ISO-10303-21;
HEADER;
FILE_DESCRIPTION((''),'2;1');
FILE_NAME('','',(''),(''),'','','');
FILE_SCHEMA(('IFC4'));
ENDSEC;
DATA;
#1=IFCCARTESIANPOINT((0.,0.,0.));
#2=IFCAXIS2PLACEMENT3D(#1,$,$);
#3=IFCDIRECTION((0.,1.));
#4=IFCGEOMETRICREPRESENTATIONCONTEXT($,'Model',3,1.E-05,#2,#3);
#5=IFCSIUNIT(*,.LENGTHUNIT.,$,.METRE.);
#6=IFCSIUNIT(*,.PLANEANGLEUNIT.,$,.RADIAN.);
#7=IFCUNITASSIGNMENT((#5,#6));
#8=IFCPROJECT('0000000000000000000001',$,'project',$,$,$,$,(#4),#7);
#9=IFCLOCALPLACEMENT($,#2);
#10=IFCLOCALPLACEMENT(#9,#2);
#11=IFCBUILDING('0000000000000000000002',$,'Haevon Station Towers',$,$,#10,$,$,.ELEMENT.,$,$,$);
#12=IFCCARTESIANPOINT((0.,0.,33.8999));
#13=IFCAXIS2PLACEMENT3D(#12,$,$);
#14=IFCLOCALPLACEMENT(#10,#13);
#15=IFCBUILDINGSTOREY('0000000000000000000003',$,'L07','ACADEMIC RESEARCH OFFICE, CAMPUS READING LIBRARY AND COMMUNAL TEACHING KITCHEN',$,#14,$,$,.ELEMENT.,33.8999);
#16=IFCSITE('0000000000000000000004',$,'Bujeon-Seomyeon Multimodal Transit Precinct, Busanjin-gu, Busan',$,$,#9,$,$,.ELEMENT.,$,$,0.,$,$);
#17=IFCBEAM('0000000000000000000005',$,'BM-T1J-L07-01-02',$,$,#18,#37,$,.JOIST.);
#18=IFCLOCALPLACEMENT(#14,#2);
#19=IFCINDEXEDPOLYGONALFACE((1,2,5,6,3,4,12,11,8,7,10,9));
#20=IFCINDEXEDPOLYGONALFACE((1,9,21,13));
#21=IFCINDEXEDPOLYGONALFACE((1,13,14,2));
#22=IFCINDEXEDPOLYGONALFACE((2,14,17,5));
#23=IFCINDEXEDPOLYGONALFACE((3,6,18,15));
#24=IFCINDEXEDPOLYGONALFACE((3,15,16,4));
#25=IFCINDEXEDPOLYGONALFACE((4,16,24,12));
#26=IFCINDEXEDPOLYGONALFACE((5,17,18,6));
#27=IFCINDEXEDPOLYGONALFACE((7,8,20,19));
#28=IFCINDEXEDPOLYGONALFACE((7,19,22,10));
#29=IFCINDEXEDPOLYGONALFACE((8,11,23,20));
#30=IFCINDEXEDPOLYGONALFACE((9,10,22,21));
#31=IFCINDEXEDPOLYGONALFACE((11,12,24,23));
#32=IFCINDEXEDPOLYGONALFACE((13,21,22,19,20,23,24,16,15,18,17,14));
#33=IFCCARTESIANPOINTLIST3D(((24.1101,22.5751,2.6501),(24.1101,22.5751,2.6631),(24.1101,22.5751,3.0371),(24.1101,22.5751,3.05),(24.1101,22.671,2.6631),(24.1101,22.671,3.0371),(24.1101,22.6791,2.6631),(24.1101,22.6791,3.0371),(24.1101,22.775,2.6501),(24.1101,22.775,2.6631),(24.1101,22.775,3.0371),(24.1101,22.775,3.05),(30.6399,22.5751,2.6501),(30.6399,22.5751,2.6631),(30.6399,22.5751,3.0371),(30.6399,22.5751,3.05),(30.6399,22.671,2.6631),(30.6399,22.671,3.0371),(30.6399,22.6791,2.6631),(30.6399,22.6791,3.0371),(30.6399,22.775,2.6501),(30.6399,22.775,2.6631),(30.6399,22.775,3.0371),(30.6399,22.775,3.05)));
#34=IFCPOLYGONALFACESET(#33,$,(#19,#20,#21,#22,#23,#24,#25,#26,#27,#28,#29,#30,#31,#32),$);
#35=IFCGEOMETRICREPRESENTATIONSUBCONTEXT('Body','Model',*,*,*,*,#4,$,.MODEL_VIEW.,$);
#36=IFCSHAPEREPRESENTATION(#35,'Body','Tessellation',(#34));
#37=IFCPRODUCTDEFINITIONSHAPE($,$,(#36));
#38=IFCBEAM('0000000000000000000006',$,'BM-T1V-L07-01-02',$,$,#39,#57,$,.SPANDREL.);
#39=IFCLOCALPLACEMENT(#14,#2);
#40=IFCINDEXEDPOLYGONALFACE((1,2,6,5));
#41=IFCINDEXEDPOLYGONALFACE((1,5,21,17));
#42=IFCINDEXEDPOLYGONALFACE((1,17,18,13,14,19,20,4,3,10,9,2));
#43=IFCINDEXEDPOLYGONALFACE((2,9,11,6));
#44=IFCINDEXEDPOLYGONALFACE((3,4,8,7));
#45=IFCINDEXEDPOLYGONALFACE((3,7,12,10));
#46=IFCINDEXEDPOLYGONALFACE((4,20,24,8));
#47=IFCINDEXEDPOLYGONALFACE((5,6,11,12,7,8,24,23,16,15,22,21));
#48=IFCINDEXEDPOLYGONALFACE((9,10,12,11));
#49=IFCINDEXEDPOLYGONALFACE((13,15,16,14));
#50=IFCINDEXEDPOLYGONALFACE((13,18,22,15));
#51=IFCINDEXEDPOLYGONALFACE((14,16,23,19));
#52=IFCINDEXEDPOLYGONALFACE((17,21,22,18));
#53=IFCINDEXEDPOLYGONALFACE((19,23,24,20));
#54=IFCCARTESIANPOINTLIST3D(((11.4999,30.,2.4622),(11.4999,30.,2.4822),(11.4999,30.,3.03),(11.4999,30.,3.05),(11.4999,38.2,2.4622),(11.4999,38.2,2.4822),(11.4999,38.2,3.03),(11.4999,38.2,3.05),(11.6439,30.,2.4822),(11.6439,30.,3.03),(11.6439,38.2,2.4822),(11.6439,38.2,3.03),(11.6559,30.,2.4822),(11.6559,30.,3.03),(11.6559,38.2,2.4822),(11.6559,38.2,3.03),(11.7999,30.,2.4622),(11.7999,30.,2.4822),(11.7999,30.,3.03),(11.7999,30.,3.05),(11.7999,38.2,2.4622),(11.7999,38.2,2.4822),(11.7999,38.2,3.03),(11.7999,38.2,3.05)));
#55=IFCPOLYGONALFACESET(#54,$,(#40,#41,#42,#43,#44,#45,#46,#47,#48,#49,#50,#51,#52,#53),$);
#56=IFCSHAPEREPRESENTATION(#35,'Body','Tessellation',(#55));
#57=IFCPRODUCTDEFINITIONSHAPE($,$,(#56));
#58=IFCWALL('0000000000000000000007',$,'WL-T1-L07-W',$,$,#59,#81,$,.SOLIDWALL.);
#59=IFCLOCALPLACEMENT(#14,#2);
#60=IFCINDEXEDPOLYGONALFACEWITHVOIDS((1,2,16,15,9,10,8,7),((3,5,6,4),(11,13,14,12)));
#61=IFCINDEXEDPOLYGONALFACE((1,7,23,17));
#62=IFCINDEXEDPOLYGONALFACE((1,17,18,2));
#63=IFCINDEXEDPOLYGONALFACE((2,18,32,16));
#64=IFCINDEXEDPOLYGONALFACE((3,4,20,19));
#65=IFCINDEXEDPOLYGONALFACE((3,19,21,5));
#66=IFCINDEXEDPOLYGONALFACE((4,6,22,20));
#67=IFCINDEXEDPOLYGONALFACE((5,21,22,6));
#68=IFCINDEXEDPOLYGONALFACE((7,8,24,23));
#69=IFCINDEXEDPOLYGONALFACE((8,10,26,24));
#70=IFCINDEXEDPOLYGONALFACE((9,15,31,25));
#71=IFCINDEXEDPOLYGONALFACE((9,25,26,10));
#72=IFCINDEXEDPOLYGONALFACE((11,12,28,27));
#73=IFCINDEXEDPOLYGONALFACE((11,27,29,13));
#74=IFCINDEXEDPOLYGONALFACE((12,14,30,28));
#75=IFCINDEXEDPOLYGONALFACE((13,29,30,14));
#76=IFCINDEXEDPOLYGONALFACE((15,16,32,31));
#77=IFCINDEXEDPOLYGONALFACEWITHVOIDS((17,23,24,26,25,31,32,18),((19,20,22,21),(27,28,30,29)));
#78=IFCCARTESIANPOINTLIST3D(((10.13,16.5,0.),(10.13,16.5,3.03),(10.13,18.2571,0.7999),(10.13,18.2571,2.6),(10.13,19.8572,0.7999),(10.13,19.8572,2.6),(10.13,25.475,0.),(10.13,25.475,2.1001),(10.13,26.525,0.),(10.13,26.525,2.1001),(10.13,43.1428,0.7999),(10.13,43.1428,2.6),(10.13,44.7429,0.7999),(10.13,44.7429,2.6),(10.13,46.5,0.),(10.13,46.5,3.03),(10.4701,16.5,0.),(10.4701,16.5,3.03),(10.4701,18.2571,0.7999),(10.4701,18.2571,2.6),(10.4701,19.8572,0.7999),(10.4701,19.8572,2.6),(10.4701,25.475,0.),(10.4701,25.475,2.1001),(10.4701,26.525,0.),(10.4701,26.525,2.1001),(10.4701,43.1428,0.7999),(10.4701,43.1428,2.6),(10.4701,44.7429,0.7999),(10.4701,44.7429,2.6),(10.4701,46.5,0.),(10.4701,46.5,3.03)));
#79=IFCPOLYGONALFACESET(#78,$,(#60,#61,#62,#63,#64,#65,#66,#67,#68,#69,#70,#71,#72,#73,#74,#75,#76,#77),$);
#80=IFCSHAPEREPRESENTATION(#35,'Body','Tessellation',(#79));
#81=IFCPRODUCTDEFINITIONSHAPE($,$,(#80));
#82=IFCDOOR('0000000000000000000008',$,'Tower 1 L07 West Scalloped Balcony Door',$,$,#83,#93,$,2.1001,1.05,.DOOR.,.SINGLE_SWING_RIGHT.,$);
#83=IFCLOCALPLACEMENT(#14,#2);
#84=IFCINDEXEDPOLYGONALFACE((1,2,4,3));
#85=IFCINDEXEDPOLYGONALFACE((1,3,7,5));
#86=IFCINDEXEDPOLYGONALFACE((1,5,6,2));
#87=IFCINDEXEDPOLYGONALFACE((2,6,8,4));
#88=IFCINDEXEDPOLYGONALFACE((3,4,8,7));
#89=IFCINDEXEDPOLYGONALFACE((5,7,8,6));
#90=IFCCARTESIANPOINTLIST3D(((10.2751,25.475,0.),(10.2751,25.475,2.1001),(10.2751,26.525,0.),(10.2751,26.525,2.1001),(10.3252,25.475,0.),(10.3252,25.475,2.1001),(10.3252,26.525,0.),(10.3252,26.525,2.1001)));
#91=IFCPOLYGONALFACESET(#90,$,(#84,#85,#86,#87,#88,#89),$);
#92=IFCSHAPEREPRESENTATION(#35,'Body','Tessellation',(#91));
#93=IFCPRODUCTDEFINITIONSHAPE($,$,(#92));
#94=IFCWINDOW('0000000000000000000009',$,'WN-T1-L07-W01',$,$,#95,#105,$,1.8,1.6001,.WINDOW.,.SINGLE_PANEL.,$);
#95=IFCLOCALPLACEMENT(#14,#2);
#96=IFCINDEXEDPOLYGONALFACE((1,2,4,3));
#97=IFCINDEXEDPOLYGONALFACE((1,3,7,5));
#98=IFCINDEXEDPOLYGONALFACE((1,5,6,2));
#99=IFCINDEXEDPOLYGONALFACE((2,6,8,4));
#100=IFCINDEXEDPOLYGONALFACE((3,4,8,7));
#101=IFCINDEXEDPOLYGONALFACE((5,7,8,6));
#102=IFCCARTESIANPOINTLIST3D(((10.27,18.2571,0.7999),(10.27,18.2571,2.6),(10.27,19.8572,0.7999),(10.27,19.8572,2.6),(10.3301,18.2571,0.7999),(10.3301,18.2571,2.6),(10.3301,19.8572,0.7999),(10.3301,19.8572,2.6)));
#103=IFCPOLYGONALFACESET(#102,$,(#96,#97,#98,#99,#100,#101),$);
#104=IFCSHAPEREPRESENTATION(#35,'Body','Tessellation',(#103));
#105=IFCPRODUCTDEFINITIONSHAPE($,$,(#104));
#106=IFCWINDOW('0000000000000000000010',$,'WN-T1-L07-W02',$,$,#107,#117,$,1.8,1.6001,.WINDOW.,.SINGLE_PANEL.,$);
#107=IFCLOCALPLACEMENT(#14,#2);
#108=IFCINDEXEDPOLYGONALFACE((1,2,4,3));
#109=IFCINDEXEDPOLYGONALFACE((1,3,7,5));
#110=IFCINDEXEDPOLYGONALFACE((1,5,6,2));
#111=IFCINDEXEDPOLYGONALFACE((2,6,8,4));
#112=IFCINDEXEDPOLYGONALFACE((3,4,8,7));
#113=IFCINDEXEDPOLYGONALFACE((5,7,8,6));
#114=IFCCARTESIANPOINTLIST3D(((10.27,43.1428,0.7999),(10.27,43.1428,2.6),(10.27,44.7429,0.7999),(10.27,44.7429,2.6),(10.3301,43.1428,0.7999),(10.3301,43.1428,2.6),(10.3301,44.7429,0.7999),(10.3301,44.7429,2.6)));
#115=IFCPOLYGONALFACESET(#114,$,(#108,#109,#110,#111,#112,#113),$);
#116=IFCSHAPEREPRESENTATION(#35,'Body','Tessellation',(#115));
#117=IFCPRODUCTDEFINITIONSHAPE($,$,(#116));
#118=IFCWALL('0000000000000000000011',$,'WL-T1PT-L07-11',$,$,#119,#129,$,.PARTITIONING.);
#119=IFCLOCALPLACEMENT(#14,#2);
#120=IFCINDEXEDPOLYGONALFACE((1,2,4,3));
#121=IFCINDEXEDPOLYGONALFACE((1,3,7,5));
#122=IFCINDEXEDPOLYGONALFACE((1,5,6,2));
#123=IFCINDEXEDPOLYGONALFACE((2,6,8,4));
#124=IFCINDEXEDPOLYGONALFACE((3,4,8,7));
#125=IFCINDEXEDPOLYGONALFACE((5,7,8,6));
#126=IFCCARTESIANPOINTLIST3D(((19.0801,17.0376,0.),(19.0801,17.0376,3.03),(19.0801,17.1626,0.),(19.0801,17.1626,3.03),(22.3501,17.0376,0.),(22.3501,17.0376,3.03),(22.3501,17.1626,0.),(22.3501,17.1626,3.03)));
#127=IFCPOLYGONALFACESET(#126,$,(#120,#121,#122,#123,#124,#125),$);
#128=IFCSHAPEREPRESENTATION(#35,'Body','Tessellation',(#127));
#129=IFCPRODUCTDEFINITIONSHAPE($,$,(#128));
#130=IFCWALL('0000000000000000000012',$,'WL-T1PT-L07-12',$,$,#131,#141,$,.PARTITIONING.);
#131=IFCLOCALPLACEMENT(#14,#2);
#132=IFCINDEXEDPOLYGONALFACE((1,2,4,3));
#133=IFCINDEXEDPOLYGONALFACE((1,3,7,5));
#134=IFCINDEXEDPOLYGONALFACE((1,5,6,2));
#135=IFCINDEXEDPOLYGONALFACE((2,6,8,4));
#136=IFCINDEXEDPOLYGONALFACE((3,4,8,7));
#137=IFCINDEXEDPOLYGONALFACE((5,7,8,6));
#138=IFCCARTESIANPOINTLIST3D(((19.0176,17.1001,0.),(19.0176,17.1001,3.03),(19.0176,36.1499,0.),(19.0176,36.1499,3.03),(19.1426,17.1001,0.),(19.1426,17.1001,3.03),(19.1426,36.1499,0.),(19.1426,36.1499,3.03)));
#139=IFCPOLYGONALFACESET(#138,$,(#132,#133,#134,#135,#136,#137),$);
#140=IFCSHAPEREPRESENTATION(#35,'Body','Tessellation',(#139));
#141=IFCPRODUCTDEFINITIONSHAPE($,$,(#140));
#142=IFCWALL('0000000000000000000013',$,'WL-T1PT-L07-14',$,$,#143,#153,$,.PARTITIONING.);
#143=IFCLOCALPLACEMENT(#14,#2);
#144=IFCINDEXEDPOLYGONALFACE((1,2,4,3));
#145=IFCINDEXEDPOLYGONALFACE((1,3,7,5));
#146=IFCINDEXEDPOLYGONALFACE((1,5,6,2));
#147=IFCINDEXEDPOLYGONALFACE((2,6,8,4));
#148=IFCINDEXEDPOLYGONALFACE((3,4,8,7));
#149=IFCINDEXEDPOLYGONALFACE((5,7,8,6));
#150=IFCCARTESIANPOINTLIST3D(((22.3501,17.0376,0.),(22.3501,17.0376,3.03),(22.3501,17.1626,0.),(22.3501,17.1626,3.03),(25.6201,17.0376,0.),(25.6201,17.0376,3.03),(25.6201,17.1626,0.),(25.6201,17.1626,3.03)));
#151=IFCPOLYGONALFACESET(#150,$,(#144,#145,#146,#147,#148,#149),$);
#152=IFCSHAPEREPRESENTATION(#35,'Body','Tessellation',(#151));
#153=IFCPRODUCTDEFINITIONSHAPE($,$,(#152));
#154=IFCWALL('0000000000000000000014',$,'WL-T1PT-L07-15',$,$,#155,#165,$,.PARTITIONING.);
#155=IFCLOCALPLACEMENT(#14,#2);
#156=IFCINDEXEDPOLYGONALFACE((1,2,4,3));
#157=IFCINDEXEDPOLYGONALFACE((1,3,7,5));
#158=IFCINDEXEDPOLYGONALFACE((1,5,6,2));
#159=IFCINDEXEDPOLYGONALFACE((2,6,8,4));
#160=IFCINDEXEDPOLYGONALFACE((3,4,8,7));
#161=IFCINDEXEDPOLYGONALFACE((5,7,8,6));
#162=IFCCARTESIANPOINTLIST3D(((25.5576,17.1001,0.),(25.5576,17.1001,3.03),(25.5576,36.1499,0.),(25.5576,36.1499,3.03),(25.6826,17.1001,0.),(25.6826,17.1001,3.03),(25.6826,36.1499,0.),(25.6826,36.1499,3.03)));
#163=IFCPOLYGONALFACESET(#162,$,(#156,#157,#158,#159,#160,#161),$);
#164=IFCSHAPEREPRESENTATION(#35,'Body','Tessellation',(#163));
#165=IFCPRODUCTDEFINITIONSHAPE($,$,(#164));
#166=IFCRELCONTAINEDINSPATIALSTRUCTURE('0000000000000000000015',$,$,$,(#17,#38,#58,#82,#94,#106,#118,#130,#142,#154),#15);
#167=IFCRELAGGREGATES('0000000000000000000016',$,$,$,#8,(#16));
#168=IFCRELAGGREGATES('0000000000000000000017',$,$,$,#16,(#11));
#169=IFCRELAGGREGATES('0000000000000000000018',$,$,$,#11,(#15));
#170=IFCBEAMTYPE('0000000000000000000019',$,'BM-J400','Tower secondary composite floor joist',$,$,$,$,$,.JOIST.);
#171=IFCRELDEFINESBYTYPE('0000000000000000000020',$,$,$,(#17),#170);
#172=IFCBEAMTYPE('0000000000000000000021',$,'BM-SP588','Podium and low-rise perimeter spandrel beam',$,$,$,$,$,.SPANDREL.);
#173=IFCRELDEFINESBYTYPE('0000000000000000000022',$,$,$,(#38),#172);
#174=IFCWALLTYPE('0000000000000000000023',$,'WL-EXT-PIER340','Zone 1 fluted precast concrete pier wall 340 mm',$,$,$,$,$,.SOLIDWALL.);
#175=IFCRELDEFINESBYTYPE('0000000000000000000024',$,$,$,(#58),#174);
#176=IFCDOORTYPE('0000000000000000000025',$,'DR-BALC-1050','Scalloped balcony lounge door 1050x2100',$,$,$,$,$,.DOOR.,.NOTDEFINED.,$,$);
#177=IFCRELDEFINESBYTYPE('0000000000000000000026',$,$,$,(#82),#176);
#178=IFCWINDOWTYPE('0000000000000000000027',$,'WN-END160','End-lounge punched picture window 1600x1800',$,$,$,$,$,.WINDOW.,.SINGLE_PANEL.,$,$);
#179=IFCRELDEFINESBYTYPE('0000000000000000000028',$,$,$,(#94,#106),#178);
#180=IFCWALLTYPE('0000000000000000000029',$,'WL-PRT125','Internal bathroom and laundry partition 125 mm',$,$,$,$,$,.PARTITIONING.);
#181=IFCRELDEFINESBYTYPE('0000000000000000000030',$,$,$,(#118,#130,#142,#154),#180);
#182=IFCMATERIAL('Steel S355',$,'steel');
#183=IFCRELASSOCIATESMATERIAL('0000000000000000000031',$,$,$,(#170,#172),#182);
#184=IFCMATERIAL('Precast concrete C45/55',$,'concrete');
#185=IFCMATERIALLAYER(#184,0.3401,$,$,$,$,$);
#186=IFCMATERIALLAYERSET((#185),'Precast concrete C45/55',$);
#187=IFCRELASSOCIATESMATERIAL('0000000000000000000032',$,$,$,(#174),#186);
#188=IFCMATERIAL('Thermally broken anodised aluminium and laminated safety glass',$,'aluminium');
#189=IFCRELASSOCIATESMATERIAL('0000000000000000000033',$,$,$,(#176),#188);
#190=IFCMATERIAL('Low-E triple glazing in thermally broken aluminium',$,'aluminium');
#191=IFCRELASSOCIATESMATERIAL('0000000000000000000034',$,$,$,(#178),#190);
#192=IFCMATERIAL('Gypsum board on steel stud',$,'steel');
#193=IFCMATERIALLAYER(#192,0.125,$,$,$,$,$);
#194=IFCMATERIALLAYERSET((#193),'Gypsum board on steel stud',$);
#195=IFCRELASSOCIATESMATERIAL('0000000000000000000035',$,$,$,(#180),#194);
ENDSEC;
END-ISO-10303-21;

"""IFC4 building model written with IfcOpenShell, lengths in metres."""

from ifc_helpers import new_model, si_unit, direction, frame, frame_2d, origin, origin_2d, place, context, subcontext, project, spatial, rectangle, i_section, extrude, material, layer, layer_set, material_profile, profile_set, type_object, element, fill, save


model = new_model("IFC4")

# Units and contexts
model_context = context("Model", 3, precision=1e-05, world=origin(), true_north=direction((0.0, 1.0)))
body_context = subcontext(model_context, "Body", "Model", "MODEL_VIEW")
ifc_project = project(units=[si_unit("LENGTHUNIT", "METRE"), si_unit("PLANEANGLEUNIT", "RADIAN")], contexts=[model_context])

# Site, building, storey
site_placement = place(None, origin())
site = spatial("IfcSite", under=ifc_project, at=site_placement, Name="Bujeon-Seomyeon Multimodal Transit Precinct, Busanjin-gu, Busan", CompositionType="ELEMENT", RefElevation=0.0)
building_placement = place(site_placement, origin())
building = spatial("IfcBuilding", under=site, at=building_placement, Name="Haevon Station Towers", CompositionType="ELEMENT")
storey_placement = place(building_placement, frame((0.0, 0.0, 33.8999)))
storey = spatial("IfcBuildingStorey", under=building, at=storey_placement, Name="L07", Description="ACADEMIC RESEARCH OFFICE, CAMPUS READING LIBRARY AND COMMUNAL TEACHING KITCHEN", CompositionType="ELEMENT", Elevation=33.8999)

# Beams
ifc_material_1 = material(Name="Steel S355", Category="steel")
ifc_material_profile_1 = material_profile(ifc_material_1, i_section(OverallWidth=0.2, OverallDepth=0.3999, WebThickness=0.0081, FlangeThickness=0.0129, at=origin_2d()), Name="H-400x200x8x13")
ifc_profile_set_1 = profile_set([ifc_material_profile_1], Name="Steel S355")
beam_type_1 = type_object("IfcBeamType", Name="BM-J400", Description="Tower secondary composite floor joist", PredefinedType="JOIST", material=ifc_profile_set_1)
beam_1_placement = place(storey_placement, frame((24.1101, 22.675, 2.8501), z_axis=(1.0, 0.0, 0.0), x_axis=(0.0, 1.0, 0.0)))
element("IfcBeam", 1, at=beam_1_placement, inside=storey, type_object=beam_type_1, Name="BM-T1J-L07-01-02", PredefinedType="JOIST", context=body_context, shape_type="SweptSolid", body=[
    extrude(i_section(OverallWidth=0.2, OverallDepth=0.3999, WebThickness=0.0081, FlangeThickness=0.0129, at=origin_2d()), origin(), (0.0, 0.0, 1.0), 6.5298),
])
ifc_material_profile_2 = material_profile(ifc_material_1, i_section(OverallWidth=0.3, OverallDepth=0.5879, WebThickness=0.012, FlangeThickness=0.02, at=origin_2d()), Name="H-588x300x12x20")
ifc_profile_set_2 = profile_set([ifc_material_profile_2], Name="Steel S355")
beam_type_2 = type_object("IfcBeamType", Name="BM-SP588", Description="Podium and low-rise perimeter spandrel beam", PredefinedType="SPANDREL", material=ifc_profile_set_2)
beam_2_placement = place(storey_placement, frame((11.6499, 30.0, 2.7561), z_axis=(0.0, 1.0, 0.0), x_axis=(-1.0, 0.0, 0.0)))
element("IfcBeam", 2, at=beam_2_placement, inside=storey, type_object=beam_type_2, Name="BM-T1V-L07-01-02", PredefinedType="SPANDREL", context=body_context, shape_type="SweptSolid", body=[
    extrude(i_section(OverallWidth=0.3, OverallDepth=0.5879, WebThickness=0.012, FlangeThickness=0.02, at=origin_2d()), origin(), (0.0, 0.0, 1.0), 8.2),
])

# Wall, openings, door, windows
ifc_material_2 = material(Name="Precast concrete C45/55", Category="concrete")
ifc_layer_1 = layer(ifc_material_2, 0.3401)
ifc_layer_set_1 = layer_set([ifc_layer_1], Name="Precast concrete C45/55")
wall_type_1 = type_object("IfcWallType", Name="WL-EXT-PIER340", Description="Zone 1 fluted precast concrete pier wall 340 mm", PredefinedType="SOLIDWALL", material=ifc_layer_set_1)
wall_1_placement = place(storey_placement, frame((10.3, 16.5, 0.0), z_axis=(0.0, 0.0, 1.0), x_axis=(0.0, 1.0, 0.0)))
wall_1 = element("IfcWall", 3, at=wall_1_placement, inside=storey, type_object=wall_type_1, Name="WL-T1-L07-W", PredefinedType="SOLIDWALL", context=body_context, shape_type="SweptSolid", body=[
    extrude(rectangle(XDim=30.0, YDim=0.3401, at=frame_2d((15.0, 0.0))), origin(), (0.0, 0.0, 1.0), 3.03),
])
opening_1_placement = place(wall_1_placement, frame((8.9751, 0.0, 0.0)))
opening_1 = element("IfcOpeningElement", 4, at=opening_1_placement, cuts=wall_1, PredefinedType="OPENING", context=body_context, shape_type="SweptSolid", body=[
    extrude(rectangle(XDim=1.05, YDim=2.1001, at=frame_2d((0.5249, 1.05))), frame((0.0, 0.1799, 0.0), z_axis=(0.0, -1.0, 0.0), x_axis=(1.0, 0.0, 0.0)), (0.0, 0.0, 1.0), 0.3601),
])
opening_2_placement = place(wall_1_placement, frame((1.7571, 0.0, 0.8)))
opening_2 = element("IfcOpeningElement", 5, at=opening_2_placement, cuts=wall_1, PredefinedType="OPENING", context=body_context, shape_type="SweptSolid", body=[
    extrude(rectangle(XDim=1.6001, YDim=1.8, at=frame_2d((0.8, 0.8999))), frame((0.0, 0.1799, 0.0), z_axis=(0.0, -1.0, 0.0), x_axis=(1.0, 0.0, 0.0)), (0.0, 0.0, 1.0), 0.3601),
])
opening_3_placement = place(wall_1_placement, frame((26.6428, 0.0, 0.8)))
opening_3 = element("IfcOpeningElement", 6, at=opening_3_placement, cuts=wall_1, PredefinedType="OPENING", context=body_context, shape_type="SweptSolid", body=[
    extrude(rectangle(XDim=1.6001, YDim=1.8, at=frame_2d((0.8, 0.8999))), frame((0.0, 0.1799, 0.0), z_axis=(0.0, -1.0, 0.0), x_axis=(1.0, 0.0, 0.0)), (0.0, 0.0, 1.0), 0.3601),
])
ifc_material_3 = material(Name="Thermally broken anodised aluminium and laminated safety glass", Category="aluminium")
door_type = type_object("IfcDoorType", Name="DR-BALC-1050", Description="Scalloped balcony lounge door 1050x2100", OperationType="NOTDEFINED", PredefinedType="DOOR", material=ifc_material_3)
door_placement = place(opening_1_placement, origin())
door = element("IfcDoor", 7, at=door_placement, inside=storey, type_object=door_type, Name="Tower 1 L07 West Scalloped Balcony Door", OperationType="SINGLE_SWING_RIGHT", OverallHeight=2.1001, OverallWidth=1.05, PredefinedType="DOOR", context=body_context, shape_type="SweptSolid", body=[
    extrude(rectangle(XDim=1.05, YDim=2.1001, at=frame_2d((0.5249, 1.05))), frame((0.0, 0.0249, 0.0), z_axis=(0.0, -1.0, 0.0), x_axis=(1.0, 0.0, 0.0)), (0.0, 0.0, 1.0), 0.05),
])
fill(opening_1, door)
ifc_material_4 = material(Name="Low-E triple glazing in thermally broken aluminium", Category="aluminium")
window_type = type_object("IfcWindowType", Name="WN-END160", Description="End-lounge punched picture window 1600x1800", PartitioningType="SINGLE_PANEL", PredefinedType="WINDOW", material=ifc_material_4)
window_1_placement = place(opening_2_placement, origin())
window_1 = element("IfcWindow", 8, at=window_1_placement, inside=storey, type_object=window_type, Name="WN-T1-L07-W01", OverallHeight=1.8, OverallWidth=1.6001, PartitioningType="SINGLE_PANEL", PredefinedType="WINDOW", context=body_context, shape_type="SweptSolid", body=[
    extrude(rectangle(XDim=1.6001, YDim=1.8, at=frame_2d((0.8, 0.8999))), frame((0.0, 0.03, 0.0), z_axis=(0.0, -1.0, 0.0), x_axis=(1.0, 0.0, 0.0)), (0.0, 0.0, 1.0), 0.0601),
])
fill(opening_2, window_1)
window_2_placement = place(opening_3_placement, origin())
window_2 = element("IfcWindow", 9, at=window_2_placement, inside=storey, type_object=window_type, Name="WN-T1-L07-W02", OverallHeight=1.8, OverallWidth=1.6001, PartitioningType="SINGLE_PANEL", PredefinedType="WINDOW", context=body_context, shape_type="SweptSolid", body=[
    extrude(rectangle(XDim=1.6001, YDim=1.8, at=frame_2d((0.8, 0.8999))), frame((0.0, 0.03, 0.0), z_axis=(0.0, -1.0, 0.0), x_axis=(1.0, 0.0, 0.0)), (0.0, 0.0, 1.0), 0.0601),
])
fill(opening_3, window_2)

# Walls
ifc_material_5 = material(Name="Gypsum board on steel stud", Category="steel")
ifc_layer_2 = layer(ifc_material_5, 0.125)
ifc_layer_set_2 = layer_set([ifc_layer_2], Name="Gypsum board on steel stud")
wall_type_2 = type_object("IfcWallType", Name="WL-PRT125", Description="Internal bathroom and laundry partition 125 mm", PredefinedType="PARTITIONING", material=ifc_layer_set_2)
wall_2_placement = place(storey_placement, frame((19.0801, 17.1001, 0.0), z_axis=(0.0, 0.0, 1.0), x_axis=(1.0, 0.0, 0.0)))
element("IfcWall", 10, at=wall_2_placement, inside=storey, type_object=wall_type_2, Name="WL-T1PT-L07-11", PredefinedType="PARTITIONING", context=body_context, shape_type="SweptSolid", body=[
    extrude(rectangle(XDim=3.27, YDim=0.125, at=frame_2d((1.635, 0.0))), origin(), (0.0, 0.0, 1.0), 3.03),
])
wall_3_placement = place(storey_placement, frame((19.0801, 17.1001, 0.0), z_axis=(0.0, 0.0, 1.0), x_axis=(0.0, 1.0, 0.0)))
element("IfcWall", 11, at=wall_3_placement, inside=storey, type_object=wall_type_2, Name="WL-T1PT-L07-12", PredefinedType="PARTITIONING", context=body_context, shape_type="SweptSolid", body=[
    extrude(rectangle(XDim=19.0498, YDim=0.125, at=frame_2d((9.5249, 0.0))), origin(), (0.0, 0.0, 1.0), 3.03),
])
wall_4_placement = place(storey_placement, frame((22.3501, 17.1001, 0.0), z_axis=(0.0, 0.0, 1.0), x_axis=(1.0, 0.0, 0.0)))
element("IfcWall", 12, at=wall_4_placement, inside=storey, type_object=wall_type_2, Name="WL-T1PT-L07-14", PredefinedType="PARTITIONING", context=body_context, shape_type="SweptSolid", body=[
    extrude(rectangle(XDim=3.27, YDim=0.125, at=frame_2d((1.635, 0.0))), origin(), (0.0, 0.0, 1.0), 3.03),
])
wall_5_placement = place(storey_placement, frame((25.6201, 17.1001, 0.0), z_axis=(0.0, 0.0, 1.0), x_axis=(0.0, 1.0, 0.0)))
element("IfcWall", 13, at=wall_5_placement, inside=storey, type_object=wall_type_2, Name="WL-T1PT-L07-15", PredefinedType="PARTITIONING", context=body_context, shape_type="SweptSolid", body=[
    extrude(rectangle(XDim=19.0498, YDim=0.125, at=frame_2d((9.5249, 0.0))), origin(), (0.0, 0.0, 1.0), 3.03),
])

save(model, "model.ifc")
